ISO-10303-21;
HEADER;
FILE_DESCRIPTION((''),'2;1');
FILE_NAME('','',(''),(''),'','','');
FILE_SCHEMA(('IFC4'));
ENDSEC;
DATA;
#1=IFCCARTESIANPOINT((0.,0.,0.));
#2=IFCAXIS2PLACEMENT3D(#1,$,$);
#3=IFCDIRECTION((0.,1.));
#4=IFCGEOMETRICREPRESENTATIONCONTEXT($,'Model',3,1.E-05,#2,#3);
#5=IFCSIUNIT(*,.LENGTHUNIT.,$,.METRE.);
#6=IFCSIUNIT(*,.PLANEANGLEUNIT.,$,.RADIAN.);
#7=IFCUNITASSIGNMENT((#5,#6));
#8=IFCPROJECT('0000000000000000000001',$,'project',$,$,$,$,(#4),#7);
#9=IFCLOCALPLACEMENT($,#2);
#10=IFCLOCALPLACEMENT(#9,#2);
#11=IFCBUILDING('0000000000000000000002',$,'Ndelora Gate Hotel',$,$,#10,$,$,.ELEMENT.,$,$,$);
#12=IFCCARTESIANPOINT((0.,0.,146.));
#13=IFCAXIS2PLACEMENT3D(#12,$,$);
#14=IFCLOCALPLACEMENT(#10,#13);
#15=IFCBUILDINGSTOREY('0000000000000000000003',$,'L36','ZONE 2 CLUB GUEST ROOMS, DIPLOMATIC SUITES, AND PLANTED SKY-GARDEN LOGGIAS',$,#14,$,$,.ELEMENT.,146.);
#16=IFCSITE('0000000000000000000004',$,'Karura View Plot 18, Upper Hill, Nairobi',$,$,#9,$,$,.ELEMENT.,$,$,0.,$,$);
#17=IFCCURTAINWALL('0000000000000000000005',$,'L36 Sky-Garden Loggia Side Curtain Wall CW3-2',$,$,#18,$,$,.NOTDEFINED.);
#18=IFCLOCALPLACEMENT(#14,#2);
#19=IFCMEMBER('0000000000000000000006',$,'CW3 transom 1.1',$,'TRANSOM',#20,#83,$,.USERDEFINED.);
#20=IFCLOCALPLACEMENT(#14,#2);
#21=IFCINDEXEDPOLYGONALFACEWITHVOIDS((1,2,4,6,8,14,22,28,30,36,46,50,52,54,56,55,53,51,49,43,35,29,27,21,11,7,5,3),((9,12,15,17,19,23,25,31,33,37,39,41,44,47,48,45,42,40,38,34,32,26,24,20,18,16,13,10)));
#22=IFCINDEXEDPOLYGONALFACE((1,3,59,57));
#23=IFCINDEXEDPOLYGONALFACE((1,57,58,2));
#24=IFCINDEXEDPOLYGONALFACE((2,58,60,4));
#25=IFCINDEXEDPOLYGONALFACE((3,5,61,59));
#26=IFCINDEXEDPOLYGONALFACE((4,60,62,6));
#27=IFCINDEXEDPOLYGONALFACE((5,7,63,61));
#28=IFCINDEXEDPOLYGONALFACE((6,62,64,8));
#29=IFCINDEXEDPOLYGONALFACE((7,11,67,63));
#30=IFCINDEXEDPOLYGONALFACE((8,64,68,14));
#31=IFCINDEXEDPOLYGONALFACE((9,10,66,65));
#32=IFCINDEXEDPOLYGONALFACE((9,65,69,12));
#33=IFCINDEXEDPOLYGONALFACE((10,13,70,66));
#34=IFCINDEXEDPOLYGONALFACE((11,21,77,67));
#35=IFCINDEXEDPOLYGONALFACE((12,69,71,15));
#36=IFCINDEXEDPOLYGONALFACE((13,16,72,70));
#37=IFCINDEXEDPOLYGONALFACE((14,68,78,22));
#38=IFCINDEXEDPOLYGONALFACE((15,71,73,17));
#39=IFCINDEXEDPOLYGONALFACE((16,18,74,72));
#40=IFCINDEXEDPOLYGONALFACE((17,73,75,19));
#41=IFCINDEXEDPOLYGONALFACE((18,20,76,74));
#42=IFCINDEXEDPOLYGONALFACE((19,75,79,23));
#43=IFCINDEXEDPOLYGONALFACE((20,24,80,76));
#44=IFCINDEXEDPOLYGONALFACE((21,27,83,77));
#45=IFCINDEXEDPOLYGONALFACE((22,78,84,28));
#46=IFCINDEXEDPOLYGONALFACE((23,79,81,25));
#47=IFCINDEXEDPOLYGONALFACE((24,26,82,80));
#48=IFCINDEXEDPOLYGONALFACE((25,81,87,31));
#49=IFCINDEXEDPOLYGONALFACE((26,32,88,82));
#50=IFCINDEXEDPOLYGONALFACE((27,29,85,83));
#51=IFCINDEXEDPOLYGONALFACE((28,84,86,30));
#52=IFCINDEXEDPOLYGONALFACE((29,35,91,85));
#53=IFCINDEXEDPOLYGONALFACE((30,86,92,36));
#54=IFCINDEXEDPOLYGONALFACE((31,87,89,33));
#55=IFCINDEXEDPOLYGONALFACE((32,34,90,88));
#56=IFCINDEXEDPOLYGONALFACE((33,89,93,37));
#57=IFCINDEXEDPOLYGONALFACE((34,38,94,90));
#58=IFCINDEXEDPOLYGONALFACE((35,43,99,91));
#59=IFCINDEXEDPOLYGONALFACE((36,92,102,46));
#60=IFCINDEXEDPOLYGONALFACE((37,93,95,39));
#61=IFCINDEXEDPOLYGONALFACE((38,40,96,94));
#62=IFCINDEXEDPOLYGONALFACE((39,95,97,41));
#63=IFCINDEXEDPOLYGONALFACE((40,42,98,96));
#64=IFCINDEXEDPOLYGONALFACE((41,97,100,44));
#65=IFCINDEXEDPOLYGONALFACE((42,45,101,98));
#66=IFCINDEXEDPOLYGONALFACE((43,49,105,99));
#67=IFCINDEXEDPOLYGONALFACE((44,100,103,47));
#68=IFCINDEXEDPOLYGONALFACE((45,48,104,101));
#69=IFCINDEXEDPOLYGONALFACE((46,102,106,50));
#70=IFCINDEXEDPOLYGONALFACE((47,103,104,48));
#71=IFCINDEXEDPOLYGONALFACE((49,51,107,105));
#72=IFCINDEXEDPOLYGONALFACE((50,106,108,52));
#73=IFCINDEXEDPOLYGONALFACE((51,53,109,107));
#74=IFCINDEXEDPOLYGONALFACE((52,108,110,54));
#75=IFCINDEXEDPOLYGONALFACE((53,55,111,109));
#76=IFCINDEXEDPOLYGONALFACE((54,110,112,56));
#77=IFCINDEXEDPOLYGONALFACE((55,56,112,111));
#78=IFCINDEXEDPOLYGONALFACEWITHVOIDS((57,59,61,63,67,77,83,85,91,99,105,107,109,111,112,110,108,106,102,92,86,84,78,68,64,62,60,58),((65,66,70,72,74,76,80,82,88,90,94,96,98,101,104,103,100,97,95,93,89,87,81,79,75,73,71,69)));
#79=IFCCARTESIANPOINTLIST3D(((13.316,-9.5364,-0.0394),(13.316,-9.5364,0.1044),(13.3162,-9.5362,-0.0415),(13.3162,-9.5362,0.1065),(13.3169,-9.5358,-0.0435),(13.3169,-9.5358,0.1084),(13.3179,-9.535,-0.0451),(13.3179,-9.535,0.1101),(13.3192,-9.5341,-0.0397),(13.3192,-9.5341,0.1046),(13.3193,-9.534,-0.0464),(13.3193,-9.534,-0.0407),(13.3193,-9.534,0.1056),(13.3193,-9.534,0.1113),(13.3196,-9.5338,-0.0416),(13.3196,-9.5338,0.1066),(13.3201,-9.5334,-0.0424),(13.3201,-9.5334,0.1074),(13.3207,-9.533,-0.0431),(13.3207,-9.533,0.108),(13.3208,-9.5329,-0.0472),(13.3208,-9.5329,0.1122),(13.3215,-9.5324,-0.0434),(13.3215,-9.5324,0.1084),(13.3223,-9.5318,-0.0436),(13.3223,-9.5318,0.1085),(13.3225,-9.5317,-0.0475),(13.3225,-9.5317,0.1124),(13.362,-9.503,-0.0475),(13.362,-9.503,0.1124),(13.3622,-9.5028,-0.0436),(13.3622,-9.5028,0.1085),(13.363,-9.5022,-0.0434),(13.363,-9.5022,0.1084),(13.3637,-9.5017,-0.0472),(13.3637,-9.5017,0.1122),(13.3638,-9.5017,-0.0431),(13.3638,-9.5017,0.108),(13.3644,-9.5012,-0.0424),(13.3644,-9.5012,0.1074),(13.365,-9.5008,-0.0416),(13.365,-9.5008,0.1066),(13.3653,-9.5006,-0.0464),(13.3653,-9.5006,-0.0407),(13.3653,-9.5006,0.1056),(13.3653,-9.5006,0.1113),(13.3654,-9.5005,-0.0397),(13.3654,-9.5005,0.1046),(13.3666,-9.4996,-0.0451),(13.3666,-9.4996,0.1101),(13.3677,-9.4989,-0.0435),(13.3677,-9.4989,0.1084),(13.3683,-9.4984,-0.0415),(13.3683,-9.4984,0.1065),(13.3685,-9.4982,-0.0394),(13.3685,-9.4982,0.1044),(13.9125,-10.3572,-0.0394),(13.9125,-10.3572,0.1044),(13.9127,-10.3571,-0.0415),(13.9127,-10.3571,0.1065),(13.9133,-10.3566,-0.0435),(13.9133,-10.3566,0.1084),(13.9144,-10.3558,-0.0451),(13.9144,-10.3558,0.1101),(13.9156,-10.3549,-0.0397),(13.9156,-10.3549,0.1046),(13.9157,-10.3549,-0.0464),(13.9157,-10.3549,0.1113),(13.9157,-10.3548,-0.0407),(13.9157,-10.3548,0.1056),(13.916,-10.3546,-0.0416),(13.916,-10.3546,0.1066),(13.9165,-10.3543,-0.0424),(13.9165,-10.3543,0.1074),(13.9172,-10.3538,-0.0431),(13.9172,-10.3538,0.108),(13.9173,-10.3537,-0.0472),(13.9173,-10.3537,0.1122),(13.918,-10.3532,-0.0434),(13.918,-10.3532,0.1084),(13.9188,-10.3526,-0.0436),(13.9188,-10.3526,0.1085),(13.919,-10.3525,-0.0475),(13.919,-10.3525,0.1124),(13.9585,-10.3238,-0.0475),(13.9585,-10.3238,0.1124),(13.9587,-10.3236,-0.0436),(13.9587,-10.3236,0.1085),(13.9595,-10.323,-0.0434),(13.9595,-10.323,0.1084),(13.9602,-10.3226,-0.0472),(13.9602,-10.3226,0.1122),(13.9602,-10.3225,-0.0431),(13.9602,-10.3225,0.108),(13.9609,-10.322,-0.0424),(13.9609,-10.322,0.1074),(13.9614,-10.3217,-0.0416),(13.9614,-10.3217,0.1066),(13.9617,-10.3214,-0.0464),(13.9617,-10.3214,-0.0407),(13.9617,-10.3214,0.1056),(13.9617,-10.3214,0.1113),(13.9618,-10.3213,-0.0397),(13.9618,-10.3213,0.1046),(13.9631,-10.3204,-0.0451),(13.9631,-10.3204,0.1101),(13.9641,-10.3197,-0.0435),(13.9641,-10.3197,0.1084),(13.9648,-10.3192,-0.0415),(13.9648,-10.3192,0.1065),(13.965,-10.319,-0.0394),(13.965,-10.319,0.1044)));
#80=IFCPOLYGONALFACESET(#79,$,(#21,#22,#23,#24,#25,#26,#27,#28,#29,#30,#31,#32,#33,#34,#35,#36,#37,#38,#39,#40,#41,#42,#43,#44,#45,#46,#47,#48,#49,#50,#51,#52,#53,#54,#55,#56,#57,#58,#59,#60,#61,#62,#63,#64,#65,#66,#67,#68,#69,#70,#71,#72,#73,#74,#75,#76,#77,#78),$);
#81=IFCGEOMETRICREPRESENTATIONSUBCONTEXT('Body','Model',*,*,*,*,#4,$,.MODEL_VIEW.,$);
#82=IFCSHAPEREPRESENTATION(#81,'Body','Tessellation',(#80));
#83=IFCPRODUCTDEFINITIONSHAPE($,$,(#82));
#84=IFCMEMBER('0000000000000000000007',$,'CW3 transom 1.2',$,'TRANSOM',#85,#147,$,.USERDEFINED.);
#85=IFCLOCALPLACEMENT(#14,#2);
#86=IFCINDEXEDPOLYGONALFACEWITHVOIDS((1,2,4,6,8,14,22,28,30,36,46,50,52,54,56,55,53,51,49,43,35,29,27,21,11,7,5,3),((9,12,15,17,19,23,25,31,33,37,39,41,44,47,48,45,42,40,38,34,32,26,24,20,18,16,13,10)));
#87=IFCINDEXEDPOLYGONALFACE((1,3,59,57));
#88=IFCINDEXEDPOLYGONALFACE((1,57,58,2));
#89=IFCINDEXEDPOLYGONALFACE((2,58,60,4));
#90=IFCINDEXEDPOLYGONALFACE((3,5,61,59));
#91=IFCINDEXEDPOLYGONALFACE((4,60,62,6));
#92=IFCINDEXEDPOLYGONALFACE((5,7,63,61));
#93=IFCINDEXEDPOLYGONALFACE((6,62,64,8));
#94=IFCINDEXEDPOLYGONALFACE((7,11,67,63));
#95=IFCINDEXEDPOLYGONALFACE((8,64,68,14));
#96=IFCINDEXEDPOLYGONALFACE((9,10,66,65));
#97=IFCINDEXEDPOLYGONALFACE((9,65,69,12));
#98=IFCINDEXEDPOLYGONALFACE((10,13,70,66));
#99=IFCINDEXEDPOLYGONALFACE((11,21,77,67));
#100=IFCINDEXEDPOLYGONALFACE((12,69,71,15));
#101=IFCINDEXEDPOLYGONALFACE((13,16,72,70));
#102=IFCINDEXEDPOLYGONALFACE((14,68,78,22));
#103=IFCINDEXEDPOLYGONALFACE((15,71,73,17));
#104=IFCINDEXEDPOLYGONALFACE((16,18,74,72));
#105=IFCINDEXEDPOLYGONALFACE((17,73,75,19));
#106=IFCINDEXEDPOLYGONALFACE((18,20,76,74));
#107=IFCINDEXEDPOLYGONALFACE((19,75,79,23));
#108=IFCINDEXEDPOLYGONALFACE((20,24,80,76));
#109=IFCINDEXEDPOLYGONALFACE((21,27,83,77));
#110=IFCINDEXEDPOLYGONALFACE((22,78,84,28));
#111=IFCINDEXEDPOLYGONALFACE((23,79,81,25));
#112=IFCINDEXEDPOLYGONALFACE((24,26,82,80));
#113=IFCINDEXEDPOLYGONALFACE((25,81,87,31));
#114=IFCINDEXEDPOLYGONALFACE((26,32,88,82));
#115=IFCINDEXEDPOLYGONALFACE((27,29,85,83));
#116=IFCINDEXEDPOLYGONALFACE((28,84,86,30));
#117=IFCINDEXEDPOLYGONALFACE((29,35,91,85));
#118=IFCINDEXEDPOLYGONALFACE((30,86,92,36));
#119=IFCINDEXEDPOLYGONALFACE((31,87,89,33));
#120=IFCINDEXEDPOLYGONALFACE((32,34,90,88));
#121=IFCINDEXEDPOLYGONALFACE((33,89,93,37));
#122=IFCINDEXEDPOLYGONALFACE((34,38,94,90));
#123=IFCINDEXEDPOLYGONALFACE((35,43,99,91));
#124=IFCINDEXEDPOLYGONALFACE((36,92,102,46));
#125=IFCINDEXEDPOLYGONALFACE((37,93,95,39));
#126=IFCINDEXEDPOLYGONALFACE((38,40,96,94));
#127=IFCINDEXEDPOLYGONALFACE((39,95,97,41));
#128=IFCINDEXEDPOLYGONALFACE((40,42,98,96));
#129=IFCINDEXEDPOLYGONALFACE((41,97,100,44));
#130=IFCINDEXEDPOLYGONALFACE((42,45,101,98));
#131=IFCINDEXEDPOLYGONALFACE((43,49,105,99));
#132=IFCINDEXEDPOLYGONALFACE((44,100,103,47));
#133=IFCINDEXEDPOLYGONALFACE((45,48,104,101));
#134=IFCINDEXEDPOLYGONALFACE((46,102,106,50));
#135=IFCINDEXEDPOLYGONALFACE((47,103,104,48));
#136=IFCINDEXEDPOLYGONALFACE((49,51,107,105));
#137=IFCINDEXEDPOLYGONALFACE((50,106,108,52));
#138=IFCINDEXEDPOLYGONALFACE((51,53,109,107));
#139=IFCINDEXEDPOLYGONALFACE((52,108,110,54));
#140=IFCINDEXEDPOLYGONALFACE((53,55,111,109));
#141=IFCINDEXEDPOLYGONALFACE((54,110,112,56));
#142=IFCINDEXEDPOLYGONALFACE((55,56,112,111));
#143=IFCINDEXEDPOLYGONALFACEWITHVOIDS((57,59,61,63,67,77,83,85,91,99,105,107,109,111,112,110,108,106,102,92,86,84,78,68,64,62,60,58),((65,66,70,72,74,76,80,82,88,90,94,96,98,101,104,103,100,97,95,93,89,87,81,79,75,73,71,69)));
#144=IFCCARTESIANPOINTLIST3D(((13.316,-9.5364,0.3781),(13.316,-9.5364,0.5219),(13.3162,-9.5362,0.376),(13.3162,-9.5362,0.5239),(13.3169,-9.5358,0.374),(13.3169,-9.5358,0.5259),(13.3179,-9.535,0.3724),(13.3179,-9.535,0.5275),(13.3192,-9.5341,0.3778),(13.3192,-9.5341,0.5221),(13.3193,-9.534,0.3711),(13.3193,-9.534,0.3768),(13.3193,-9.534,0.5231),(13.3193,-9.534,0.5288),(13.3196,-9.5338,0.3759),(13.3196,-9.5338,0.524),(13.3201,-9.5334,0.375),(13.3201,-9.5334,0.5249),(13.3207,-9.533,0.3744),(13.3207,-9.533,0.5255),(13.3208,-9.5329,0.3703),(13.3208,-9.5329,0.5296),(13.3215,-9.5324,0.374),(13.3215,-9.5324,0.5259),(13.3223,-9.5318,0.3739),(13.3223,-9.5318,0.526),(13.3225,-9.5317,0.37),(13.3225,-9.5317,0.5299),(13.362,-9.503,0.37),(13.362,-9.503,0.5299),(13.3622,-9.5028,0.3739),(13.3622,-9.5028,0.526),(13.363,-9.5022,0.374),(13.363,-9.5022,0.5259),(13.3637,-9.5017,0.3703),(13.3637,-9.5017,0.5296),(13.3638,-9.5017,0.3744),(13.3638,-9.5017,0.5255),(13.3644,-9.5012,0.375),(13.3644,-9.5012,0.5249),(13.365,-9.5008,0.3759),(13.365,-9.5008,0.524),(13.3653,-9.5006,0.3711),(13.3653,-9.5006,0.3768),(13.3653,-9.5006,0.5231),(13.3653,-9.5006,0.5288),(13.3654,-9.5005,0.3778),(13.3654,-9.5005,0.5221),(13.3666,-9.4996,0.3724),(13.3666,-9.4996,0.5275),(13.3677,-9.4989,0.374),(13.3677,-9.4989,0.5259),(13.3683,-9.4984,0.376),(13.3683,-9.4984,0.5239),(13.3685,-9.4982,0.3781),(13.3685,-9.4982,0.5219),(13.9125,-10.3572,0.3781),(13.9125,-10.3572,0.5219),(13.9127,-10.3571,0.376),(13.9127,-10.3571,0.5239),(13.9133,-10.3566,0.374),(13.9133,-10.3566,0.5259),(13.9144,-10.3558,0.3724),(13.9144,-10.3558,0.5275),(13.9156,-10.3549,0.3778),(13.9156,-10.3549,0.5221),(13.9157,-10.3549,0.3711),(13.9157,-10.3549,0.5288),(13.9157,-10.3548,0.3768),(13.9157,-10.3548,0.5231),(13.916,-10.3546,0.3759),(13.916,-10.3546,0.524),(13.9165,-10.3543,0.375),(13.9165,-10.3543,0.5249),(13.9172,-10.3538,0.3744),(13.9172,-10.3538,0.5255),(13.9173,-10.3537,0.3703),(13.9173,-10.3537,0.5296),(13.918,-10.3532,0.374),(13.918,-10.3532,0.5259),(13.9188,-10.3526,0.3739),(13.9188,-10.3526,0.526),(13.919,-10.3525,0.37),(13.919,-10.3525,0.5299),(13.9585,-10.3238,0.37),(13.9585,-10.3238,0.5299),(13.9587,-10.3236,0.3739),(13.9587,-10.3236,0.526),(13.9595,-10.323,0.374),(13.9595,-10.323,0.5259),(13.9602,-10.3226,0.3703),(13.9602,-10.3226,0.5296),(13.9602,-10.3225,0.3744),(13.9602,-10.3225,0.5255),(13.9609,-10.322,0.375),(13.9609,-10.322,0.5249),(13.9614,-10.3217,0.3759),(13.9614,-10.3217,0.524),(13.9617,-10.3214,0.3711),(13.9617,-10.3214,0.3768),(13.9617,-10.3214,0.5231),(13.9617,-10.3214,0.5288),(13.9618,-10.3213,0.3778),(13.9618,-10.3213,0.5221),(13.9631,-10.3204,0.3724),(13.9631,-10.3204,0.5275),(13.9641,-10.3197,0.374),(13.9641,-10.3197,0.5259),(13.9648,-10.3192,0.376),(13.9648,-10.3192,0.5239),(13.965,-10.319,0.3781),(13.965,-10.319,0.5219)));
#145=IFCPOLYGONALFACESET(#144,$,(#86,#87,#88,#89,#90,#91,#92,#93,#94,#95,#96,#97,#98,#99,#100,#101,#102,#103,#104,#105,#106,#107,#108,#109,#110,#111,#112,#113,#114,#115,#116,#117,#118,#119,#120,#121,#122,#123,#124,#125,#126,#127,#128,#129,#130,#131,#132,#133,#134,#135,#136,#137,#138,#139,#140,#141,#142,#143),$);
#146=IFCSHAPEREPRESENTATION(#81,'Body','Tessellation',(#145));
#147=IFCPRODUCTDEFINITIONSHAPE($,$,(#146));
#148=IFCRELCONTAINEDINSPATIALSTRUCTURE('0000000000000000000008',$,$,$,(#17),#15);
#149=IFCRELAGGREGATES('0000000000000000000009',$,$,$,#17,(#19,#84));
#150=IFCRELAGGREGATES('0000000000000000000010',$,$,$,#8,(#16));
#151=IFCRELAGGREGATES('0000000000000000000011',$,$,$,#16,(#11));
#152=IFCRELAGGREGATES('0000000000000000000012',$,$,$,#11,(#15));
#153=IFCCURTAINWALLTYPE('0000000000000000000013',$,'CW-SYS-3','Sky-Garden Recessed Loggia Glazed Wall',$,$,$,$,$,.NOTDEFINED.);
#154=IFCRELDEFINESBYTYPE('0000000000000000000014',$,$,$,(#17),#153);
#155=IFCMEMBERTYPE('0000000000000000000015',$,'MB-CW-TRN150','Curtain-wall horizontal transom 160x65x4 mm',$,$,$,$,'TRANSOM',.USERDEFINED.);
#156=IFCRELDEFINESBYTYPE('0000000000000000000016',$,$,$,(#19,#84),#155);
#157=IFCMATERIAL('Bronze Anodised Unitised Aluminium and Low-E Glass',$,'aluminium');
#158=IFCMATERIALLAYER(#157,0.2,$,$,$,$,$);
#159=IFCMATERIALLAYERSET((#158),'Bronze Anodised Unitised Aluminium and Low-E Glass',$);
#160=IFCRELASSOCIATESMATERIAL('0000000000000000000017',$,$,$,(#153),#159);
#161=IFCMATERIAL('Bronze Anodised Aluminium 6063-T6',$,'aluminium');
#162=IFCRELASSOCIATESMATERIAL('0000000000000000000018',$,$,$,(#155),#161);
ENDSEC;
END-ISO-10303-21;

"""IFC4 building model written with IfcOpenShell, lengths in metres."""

from ifc_helpers import new_model, si_unit, direction, frame, origin, origin_2d, place, context, subcontext, project, spatial, hollow_rectangle, extrude, material, layer, layer_set, material_profile, profile_set, type_object, element, aggregate, save


model = new_model("IFC4")

# Units and contexts
model_context = context("Model", 3, precision=1e-05, world=origin(), true_north=direction((0.0, 1.0)))
body_context = subcontext(model_context, "Body", "Model", "MODEL_VIEW")
ifc_project = project(units=[si_unit("LENGTHUNIT", "METRE"), si_unit("PLANEANGLEUNIT", "RADIAN")], contexts=[model_context])

# Site, building, storey
site_placement = place(None, origin())
site = spatial("IfcSite", under=ifc_project, at=site_placement, Name="Karura View Plot 18, Upper Hill, Nairobi", CompositionType="ELEMENT", RefElevation=0.0)
building_placement = place(site_placement, origin())
building = spatial("IfcBuilding", under=site, at=building_placement, Name="Ndelora Gate Hotel", CompositionType="ELEMENT")
storey_placement = place(building_placement, frame((0.0, 0.0, 146.0)))
storey = spatial("IfcBuildingStorey", under=building, at=storey_placement, Name="L36", Description="ZONE 2 CLUB GUEST ROOMS, DIPLOMATIC SUITES, AND PLANTED SKY-GARDEN LOGGIAS", CompositionType="ELEMENT", Elevation=146.0)

# Curtain wall, members
ifc_material_1 = material(Name="Bronze Anodised Unitised Aluminium and Low-E Glass", Category="aluminium")
ifc_layer_1 = layer(ifc_material_1, 0.2)
ifc_layer_set_1 = layer_set([ifc_layer_1], Name="Bronze Anodised Unitised Aluminium and Low-E Glass")
curtain_wall_type = type_object("IfcCurtainWallType", Name="CW-SYS-3", Description="Sky-Garden Recessed Loggia Glazed Wall", PredefinedType="NOTDEFINED", material=ifc_layer_set_1)
curtain_wall_placement = place(storey_placement, origin())
curtain_wall = element("IfcCurtainWall", 1, at=curtain_wall_placement, inside=storey, type_object=curtain_wall_type, Name="L36 Sky-Garden Loggia Side Curtain Wall CW3-2", PredefinedType="NOTDEFINED")
ifc_material_2 = material(Name="Bronze Anodised Aluminium 6063-T6", Category="aluminium")
ifc_material_profile_1 = material_profile(ifc_material_2, hollow_rectangle(XDim=0.0649, YDim=0.1599, WallThickness=0.0039, InnerFilletRadius=0.0039, OuterFilletRadius=0.0081, at=origin_2d()), Name="ALU 160x65x4")
ifc_profile_set_1 = profile_set([ifc_material_profile_1], Name="Bronze Anodised Aluminium 6063-T6")
member_type_1 = type_object("IfcMemberType", Name="MB-CW-TRN150", Description="Curtain-wall horizontal transom 160x65x4 mm", ElementType="TRANSOM", PredefinedType="USERDEFINED", material=ifc_profile_set_1)
member_1_placement = place(storey_placement, frame((13.9387, -10.3381, 0.0325), z_axis=(-0.587843, 0.808975, 0.0), x_axis=(-0.808975, -0.587843, 0.0)))
member_1 = element("IfcMember", 2, at=member_1_placement, type_object=member_type_1, Name="CW3 transom 1.1", ObjectType="TRANSOM", PredefinedType="USERDEFINED", context=body_context, shape_type="SweptSolid", body=[
    extrude(hollow_rectangle(XDim=0.0649, YDim=0.1599, WallThickness=0.0039, InnerFilletRadius=0.0039, OuterFilletRadius=0.0081, at=origin_2d()), origin(), (0.0, 0.0, 1.0), 1.0146),
])
member_2_placement = place(storey_placement, frame((13.9387, -10.3381, 0.45), z_axis=(-0.587843, 0.808975, 0.0), x_axis=(-0.808975, -0.587843, 0.0)))
member_2 = element("IfcMember", 3, at=member_2_placement, type_object=member_type_1, Name="CW3 transom 1.2", ObjectType="TRANSOM", PredefinedType="USERDEFINED", context=body_context, shape_type="SweptSolid", body=[
    extrude(hollow_rectangle(XDim=0.0649, YDim=0.1599, WallThickness=0.0039, InnerFilletRadius=0.0039, OuterFilletRadius=0.0081, at=origin_2d()), origin(), (0.0, 0.0, 1.0), 1.0146),
])
aggregate(curtain_wall, [member_1, member_2])

save(model, "model.ifc")
